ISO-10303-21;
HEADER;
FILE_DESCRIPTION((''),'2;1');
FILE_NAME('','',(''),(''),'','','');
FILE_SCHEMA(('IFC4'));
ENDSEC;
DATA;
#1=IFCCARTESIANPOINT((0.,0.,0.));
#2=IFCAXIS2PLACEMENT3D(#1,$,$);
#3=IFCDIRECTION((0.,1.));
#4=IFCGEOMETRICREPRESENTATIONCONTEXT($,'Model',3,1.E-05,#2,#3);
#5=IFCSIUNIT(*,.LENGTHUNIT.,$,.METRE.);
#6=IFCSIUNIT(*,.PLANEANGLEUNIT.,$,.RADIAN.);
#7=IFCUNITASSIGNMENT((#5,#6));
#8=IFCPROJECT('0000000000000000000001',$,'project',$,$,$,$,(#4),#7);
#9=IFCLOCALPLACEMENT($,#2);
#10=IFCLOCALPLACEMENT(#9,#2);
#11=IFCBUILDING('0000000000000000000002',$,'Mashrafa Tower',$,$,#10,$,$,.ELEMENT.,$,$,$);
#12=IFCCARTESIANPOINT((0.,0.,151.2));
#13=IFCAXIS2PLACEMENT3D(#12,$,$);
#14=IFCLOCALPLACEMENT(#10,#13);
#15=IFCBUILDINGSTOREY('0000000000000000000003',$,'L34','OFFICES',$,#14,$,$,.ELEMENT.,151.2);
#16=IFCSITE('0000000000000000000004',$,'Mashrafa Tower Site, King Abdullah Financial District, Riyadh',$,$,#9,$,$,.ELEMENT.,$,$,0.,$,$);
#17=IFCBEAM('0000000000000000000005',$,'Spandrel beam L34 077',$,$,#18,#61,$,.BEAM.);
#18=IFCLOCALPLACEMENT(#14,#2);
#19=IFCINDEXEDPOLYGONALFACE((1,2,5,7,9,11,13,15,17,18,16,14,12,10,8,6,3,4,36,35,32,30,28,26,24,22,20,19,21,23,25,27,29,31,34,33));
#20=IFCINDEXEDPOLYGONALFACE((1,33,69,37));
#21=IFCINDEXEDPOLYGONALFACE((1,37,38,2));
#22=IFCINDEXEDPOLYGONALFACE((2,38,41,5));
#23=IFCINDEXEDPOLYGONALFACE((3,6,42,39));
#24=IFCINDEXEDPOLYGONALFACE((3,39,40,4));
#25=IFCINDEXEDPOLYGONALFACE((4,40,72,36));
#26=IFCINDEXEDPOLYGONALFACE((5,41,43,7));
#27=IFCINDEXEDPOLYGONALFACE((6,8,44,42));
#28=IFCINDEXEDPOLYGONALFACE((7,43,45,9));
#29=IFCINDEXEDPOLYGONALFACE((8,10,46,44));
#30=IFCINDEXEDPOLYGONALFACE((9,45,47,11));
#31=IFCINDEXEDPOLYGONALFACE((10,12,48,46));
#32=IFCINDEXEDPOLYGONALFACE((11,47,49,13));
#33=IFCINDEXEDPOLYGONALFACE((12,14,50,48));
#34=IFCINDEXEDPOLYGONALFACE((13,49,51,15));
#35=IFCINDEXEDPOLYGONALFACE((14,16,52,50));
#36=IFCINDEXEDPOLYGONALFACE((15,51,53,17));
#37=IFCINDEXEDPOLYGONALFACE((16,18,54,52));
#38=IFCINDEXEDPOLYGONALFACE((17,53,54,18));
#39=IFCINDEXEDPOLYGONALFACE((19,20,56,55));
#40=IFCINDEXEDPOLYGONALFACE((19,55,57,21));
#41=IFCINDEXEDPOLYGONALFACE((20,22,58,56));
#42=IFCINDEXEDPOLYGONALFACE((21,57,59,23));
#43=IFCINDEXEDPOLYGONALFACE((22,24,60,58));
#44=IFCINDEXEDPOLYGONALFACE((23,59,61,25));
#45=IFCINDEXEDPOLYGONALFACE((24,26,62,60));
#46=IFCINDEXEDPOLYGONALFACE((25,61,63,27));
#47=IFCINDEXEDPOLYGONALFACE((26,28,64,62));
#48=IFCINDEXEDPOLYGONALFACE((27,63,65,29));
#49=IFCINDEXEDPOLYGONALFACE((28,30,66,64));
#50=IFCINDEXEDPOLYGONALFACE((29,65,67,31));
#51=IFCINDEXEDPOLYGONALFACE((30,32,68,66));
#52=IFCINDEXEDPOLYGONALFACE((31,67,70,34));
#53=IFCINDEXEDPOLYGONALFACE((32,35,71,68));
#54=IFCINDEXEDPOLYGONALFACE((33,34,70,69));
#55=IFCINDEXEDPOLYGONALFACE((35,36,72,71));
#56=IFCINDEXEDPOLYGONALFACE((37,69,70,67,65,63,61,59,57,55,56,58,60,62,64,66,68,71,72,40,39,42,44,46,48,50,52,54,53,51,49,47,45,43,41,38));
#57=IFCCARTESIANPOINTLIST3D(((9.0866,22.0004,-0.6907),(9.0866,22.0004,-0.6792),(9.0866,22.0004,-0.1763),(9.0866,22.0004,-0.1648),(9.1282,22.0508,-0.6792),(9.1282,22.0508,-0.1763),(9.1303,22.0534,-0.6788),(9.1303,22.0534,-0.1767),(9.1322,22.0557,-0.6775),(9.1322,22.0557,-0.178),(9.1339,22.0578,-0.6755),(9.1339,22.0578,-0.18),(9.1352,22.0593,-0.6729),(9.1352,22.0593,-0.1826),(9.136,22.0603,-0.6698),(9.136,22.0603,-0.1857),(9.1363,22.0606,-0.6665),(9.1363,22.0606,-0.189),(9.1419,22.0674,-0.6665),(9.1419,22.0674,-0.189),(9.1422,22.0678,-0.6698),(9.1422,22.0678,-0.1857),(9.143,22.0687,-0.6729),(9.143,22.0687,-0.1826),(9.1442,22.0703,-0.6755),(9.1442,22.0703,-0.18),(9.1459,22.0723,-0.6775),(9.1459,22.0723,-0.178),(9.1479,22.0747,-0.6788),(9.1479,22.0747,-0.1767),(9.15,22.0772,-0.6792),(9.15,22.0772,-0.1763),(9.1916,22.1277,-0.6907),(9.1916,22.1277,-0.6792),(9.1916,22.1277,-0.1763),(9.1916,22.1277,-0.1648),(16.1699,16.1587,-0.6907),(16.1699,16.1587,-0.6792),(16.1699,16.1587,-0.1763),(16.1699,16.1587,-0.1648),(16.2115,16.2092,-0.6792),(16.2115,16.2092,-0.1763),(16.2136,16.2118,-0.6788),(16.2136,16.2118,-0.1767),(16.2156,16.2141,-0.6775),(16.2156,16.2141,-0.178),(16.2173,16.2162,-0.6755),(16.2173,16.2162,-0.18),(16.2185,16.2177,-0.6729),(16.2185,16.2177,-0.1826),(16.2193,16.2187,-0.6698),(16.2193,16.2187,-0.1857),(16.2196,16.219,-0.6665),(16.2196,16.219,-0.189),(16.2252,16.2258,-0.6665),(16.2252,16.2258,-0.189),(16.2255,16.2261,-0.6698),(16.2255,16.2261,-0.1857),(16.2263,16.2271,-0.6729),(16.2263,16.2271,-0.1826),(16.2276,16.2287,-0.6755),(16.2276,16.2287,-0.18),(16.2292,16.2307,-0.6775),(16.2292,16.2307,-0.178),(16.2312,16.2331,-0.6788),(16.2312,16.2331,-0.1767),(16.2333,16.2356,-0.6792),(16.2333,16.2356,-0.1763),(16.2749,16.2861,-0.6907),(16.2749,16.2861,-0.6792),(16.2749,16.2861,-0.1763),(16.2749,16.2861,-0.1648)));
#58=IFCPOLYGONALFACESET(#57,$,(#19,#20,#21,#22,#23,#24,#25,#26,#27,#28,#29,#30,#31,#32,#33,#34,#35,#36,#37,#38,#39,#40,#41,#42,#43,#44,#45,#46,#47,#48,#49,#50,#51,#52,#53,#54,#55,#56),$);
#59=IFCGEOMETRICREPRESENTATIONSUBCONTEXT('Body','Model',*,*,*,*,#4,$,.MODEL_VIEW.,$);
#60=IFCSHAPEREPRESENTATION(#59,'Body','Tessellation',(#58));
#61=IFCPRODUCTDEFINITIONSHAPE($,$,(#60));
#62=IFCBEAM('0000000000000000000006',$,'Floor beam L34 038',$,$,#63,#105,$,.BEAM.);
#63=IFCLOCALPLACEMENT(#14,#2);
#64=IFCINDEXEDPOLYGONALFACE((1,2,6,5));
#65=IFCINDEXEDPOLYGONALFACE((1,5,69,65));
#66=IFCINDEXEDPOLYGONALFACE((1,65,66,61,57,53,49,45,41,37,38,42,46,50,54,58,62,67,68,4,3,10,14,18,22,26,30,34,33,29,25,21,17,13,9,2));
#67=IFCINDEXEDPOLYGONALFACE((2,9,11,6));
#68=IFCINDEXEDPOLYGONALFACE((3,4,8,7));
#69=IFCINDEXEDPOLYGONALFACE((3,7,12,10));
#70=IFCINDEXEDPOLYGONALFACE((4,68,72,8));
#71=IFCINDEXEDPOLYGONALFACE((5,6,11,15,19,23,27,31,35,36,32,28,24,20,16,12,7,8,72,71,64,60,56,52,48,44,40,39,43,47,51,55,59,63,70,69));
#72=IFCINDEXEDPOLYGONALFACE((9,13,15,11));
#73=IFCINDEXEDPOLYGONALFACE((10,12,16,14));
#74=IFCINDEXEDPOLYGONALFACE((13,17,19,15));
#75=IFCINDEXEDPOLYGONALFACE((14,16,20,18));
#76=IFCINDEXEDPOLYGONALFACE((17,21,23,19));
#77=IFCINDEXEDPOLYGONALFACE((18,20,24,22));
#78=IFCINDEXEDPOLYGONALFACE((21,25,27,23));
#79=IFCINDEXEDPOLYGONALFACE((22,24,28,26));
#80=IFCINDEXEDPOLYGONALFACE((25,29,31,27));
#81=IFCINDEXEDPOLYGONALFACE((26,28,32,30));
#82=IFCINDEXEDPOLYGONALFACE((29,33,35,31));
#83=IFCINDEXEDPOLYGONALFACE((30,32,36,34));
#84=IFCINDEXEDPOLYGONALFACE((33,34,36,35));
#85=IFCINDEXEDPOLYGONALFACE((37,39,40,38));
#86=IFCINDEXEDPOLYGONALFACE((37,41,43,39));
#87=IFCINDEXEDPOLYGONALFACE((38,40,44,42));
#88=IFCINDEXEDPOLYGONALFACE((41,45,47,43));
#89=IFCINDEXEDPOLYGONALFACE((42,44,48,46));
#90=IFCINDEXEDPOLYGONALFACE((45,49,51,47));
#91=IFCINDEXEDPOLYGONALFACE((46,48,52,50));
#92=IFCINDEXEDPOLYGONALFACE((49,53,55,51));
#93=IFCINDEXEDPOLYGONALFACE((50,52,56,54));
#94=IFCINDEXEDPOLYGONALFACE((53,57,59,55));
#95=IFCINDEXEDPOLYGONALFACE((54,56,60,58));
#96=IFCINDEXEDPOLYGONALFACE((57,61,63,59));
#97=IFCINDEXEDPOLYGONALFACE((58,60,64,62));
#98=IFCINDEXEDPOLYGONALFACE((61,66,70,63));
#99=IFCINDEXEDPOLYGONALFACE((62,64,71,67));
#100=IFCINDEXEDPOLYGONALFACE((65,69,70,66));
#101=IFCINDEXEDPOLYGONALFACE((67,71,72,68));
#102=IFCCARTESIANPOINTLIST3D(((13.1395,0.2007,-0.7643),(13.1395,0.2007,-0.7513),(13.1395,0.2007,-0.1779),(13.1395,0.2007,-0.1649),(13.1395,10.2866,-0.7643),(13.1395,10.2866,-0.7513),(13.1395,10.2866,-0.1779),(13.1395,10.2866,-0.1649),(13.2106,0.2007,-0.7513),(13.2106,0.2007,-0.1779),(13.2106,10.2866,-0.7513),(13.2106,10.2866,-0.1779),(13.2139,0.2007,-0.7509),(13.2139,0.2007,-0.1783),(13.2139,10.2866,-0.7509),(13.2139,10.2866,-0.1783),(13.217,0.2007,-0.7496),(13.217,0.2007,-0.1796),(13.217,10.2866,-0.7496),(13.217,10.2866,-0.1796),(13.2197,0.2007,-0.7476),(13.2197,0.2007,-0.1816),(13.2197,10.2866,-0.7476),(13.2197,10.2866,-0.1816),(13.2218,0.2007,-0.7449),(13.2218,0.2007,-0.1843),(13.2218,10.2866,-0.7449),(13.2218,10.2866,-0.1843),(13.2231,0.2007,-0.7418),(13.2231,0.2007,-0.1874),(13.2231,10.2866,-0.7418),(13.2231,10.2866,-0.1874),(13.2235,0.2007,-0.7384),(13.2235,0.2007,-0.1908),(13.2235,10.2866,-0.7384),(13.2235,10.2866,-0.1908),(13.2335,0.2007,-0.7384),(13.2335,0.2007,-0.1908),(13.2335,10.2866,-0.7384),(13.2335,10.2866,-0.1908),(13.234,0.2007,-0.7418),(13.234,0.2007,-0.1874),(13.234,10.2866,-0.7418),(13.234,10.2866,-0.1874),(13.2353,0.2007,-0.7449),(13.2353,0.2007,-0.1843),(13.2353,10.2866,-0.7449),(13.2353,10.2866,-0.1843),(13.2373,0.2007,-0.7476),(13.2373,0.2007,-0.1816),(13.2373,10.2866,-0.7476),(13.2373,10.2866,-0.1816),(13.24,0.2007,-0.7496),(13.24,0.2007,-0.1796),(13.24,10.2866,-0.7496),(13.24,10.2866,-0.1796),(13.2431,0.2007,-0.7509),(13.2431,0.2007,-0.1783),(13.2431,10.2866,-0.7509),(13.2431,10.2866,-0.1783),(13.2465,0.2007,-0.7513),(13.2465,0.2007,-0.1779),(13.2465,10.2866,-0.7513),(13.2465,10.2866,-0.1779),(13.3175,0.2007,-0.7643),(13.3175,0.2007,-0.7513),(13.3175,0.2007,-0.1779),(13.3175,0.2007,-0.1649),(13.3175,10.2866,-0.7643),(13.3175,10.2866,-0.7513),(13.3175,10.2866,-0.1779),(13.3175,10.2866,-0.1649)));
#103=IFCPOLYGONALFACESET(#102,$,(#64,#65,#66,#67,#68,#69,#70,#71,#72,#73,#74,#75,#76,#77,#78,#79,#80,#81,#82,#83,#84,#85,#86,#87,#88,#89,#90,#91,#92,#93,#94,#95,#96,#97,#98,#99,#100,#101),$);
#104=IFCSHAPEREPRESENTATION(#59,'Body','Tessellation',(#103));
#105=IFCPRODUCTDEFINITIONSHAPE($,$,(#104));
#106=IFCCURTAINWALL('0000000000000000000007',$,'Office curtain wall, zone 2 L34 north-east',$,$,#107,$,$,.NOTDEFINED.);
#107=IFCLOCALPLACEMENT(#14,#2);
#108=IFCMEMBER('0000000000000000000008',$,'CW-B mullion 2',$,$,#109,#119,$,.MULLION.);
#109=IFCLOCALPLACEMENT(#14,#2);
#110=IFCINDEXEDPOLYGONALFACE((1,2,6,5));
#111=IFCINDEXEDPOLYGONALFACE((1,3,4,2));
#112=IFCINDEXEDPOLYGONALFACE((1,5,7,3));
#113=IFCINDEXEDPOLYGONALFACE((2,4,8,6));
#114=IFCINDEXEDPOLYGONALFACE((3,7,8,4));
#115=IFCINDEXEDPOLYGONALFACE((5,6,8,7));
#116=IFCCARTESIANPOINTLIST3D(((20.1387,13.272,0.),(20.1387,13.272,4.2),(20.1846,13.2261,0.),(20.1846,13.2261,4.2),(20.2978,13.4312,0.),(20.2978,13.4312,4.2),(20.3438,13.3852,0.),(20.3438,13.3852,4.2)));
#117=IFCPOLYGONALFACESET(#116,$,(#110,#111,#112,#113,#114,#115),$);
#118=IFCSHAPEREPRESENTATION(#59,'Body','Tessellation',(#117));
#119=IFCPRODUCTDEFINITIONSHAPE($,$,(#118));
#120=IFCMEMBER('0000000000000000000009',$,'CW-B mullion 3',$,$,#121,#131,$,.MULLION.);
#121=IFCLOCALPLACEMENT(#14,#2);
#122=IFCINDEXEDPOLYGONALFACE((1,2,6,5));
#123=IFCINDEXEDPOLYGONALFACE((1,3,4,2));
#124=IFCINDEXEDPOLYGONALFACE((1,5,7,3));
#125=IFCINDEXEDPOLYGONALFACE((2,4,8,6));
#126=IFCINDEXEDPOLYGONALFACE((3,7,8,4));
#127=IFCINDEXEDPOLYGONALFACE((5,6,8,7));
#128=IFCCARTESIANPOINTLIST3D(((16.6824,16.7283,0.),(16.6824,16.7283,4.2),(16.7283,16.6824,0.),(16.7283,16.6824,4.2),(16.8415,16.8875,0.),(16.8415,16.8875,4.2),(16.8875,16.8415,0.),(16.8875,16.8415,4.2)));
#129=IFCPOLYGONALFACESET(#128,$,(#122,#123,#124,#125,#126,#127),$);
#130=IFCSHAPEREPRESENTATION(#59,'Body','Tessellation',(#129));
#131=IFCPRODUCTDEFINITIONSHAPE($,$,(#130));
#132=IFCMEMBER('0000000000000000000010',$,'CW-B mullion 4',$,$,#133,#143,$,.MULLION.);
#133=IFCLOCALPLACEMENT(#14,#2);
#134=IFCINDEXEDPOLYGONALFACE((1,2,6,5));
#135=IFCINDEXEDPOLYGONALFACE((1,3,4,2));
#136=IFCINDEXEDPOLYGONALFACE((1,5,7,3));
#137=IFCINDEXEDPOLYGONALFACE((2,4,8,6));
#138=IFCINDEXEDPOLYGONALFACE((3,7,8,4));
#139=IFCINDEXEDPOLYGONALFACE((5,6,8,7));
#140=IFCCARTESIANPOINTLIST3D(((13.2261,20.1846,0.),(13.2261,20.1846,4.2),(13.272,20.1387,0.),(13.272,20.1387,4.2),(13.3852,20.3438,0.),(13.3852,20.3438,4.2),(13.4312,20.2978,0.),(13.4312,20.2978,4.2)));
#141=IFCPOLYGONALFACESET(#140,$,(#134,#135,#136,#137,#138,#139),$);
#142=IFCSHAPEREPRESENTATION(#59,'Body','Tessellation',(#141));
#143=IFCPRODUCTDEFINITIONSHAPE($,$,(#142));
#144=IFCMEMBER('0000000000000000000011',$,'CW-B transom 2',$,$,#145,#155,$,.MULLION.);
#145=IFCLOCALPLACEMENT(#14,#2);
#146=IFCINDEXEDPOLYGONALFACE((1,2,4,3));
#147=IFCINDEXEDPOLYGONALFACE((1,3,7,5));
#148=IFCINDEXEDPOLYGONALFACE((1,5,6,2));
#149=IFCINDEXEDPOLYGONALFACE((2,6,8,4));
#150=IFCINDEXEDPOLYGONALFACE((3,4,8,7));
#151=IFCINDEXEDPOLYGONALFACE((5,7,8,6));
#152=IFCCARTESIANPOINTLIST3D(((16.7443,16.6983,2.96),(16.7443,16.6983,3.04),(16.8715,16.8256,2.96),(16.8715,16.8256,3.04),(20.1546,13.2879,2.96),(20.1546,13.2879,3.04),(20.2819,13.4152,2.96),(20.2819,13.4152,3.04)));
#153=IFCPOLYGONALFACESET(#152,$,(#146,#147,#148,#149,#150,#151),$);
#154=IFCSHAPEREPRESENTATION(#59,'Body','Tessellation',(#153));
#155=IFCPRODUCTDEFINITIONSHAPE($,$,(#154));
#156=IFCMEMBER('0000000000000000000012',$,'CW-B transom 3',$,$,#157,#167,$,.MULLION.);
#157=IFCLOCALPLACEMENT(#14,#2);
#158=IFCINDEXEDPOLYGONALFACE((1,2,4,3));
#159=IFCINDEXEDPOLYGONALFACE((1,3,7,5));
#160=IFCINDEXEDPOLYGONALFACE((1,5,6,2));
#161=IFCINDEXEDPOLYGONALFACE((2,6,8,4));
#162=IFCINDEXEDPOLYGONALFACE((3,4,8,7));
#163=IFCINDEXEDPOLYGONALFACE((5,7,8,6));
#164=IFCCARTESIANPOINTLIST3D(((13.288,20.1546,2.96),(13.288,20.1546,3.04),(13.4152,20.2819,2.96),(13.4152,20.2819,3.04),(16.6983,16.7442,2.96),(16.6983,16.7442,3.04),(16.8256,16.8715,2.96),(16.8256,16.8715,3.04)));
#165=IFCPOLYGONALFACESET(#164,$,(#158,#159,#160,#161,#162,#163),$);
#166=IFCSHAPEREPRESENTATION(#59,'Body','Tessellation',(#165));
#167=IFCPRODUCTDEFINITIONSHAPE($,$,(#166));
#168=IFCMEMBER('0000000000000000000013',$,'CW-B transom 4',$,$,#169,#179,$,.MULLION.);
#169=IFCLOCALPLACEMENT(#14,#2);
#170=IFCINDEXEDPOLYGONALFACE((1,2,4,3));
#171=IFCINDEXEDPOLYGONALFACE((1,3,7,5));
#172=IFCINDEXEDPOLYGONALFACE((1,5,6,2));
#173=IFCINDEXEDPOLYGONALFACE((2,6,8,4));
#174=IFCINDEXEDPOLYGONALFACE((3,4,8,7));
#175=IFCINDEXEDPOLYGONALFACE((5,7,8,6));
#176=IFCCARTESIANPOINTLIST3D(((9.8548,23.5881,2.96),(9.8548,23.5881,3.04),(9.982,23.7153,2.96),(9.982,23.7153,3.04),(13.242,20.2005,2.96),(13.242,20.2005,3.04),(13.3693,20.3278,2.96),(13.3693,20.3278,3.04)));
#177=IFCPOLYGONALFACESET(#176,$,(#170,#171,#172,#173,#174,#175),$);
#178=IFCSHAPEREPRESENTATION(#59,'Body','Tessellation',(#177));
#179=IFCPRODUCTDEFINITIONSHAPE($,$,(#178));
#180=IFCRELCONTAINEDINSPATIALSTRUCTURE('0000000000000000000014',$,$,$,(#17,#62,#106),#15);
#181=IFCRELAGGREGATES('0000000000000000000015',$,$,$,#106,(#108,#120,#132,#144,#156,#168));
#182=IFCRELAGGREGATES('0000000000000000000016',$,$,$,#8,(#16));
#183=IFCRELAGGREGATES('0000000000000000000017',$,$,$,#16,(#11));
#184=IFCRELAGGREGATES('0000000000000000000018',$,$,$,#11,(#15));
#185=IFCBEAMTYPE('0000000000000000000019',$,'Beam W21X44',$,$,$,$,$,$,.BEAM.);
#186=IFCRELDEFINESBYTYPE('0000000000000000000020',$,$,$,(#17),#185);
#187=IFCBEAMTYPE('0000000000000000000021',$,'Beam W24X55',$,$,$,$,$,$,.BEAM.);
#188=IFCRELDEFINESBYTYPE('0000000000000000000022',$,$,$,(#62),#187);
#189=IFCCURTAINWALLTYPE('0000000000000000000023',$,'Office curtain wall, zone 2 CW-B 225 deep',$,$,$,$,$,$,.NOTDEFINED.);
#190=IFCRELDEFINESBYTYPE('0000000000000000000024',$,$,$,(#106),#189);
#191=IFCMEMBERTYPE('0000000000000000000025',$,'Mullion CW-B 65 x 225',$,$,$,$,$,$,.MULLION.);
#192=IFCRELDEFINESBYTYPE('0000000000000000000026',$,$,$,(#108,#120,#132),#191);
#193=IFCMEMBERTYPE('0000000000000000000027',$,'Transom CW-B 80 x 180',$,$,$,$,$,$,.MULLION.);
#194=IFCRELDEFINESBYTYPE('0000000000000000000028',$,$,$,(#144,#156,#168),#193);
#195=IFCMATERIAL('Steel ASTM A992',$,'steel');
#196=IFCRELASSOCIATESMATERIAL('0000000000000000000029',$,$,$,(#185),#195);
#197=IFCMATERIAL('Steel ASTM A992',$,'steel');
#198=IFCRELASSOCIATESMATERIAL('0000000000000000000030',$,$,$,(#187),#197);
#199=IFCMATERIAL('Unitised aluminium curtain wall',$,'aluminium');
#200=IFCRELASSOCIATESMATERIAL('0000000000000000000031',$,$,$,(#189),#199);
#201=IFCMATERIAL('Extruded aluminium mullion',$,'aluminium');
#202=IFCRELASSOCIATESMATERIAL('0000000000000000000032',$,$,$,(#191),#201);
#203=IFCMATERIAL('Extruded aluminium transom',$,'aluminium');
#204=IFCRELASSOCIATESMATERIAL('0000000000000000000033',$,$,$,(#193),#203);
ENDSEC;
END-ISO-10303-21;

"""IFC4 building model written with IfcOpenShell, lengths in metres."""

from ifc_helpers import new_model, si_unit, direction, frame, origin, origin_2d, place, context, subcontext, project, spatial, rectangle, i_section, extrude, source, transform, mapped, material, material_profile, profile_set, type_object, type_shapes, element, aggregate, save


model = new_model("IFC4")

# Units and contexts
model_context = context("Model", 3, precision=1e-05, world=origin(), true_north=direction((0.0, 1.0)))
body_context = subcontext(model_context, "Body", "Model", "MODEL_VIEW")
ifc_project = project(units=[si_unit("LENGTHUNIT", "METRE"), si_unit("PLANEANGLEUNIT", "RADIAN")], contexts=[model_context])

# Site, building, storey
site_placement = place(None, origin())
site = spatial("IfcSite", under=ifc_project, at=site_placement, Name="Mashrafa Tower Site, King Abdullah Financial District, Riyadh", CompositionType="ELEMENT", RefElevation=0.0)
building_placement = place(site_placement, origin())
building = spatial("IfcBuilding", under=site, at=building_placement, Name="Mashrafa Tower", CompositionType="ELEMENT")
storey_placement = place(building_placement, frame((0.0, 0.0, 151.2)))
storey = spatial("IfcBuildingStorey", under=building, at=storey_placement, Name="L34", Description="OFFICES", CompositionType="ELEMENT", Elevation=151.2)

# Beams
ifc_material_1 = material(Name="Steel ASTM A992", Category="steel")
ifc_material_profile_1 = material_profile(ifc_material_1, i_section(OverallWidth=0.165, OverallDepth=0.5259, WebThickness=0.0088, FlangeThickness=0.0115, FilletRadius=0.0127, at=origin_2d()), Name="W21X44")
ifc_profile_set_1 = profile_set([ifc_material_profile_1], Name="Steel ASTM A992")
beam_type_1 = type_object("IfcBeamType", Name="Beam W21X44", PredefinedType="BEAM", material=ifc_profile_set_1)
beam_1_placement = place(storey_placement, frame((16.2224, 16.2224, -0.4277), z_axis=(-0.771487, 0.636245, 0.0), x_axis=(-0.636245, -0.771487, 0.0)))
element("IfcBeam", 1, at=beam_1_placement, inside=storey, type_object=beam_type_1, Name="Spandrel beam L34 077", PredefinedType="BEAM", context=body_context, shape_type="SweptSolid", body=[
    extrude(i_section(OverallWidth=0.165, OverallDepth=0.5259, WebThickness=0.0088, FlangeThickness=0.0115, FilletRadius=0.0127, at=origin_2d()), origin(), (0.0, 0.0, 1.0), 9.1814),
])
ifc_material_2 = material(Name="Steel ASTM A992", Category="steel")
ifc_material_profile_2 = material_profile(ifc_material_2, i_section(OverallWidth=0.178, OverallDepth=0.5994, WebThickness=0.01, FlangeThickness=0.0129, FilletRadius=0.0129, at=origin_2d()), Name="W24X55")
ifc_profile_set_2 = profile_set([ifc_material_profile_2], Name="Steel ASTM A992")
beam_type_2 = type_object("IfcBeamType", Name="Beam W24X55", PredefinedType="BEAM", material=ifc_profile_set_2)
beam_2_placement = place(storey_placement, frame((13.2285, 10.2866, -0.4646), z_axis=(0.0, -1.0, 0.0), x_axis=(1.0, 0.0, 0.0)))
element("IfcBeam", 2, at=beam_2_placement, inside=storey, type_object=beam_type_2, Name="Floor beam L34 038", PredefinedType="BEAM", context=body_context, shape_type="SweptSolid", body=[
    extrude(i_section(OverallWidth=0.178, OverallDepth=0.5994, WebThickness=0.01, FlangeThickness=0.0129, FilletRadius=0.0129, at=origin_2d()), origin(), (0.0, 0.0, 1.0), 10.0859),
])

# Curtain wall, members
ifc_material_3 = material(Name="Unitised aluminium curtain wall", Category="aluminium")
curtain_wall_type = type_object("IfcCurtainWallType", Name="Office curtain wall, zone 2 CW-B 225 deep", PredefinedType="NOTDEFINED", material=ifc_material_3)
curtain_wall_placement = place(storey_placement, origin())
curtain_wall = element("IfcCurtainWall", 3, at=curtain_wall_placement, inside=storey, type_object=curtain_wall_type, Name="Office curtain wall, zone 2 L34 north-east", PredefinedType="NOTDEFINED")
ifc_material_4 = material(Name="Extruded aluminium mullion", Category="aluminium")
ifc_material_profile_3 = material_profile(ifc_material_4, rectangle(XDim=0.2251, YDim=0.0649, at=origin_2d()), Name="Mullion 65x225")
ifc_profile_set_3 = profile_set([ifc_material_profile_3], Name="Extruded aluminium mullion")
member_type_1 = type_object("IfcMemberType", Name="Mullion CW-B 65 x 225", PredefinedType="MULLION", material=ifc_profile_set_3)
shared_shape_1 = source(origin(), body_context, "Body", "SweptSolid", [
    extrude(rectangle(XDim=0.2251, YDim=0.0649, at=origin_2d()), origin(), (0.0, 0.0, 1.0), 4.2),
])
type_shapes(member_type_1, [shared_shape_1])
member_1_placement = place(storey_placement, frame((20.2412, 13.3286, 0.0), z_axis=(0.0, 0.0, 1.0), x_axis=(-0.707107, -0.707107, 0.0)))
member_1 = element("IfcMember", 4, at=member_1_placement, type_object=member_type_1, Name="CW-B mullion 2", PredefinedType="MULLION", context=body_context, shape_type="MappedRepresentation", body=[
    mapped(shared_shape_1, transform((0.0, 0.0, 0.0))),
])
member_2_placement = place(storey_placement, frame((16.7849, 16.7849, 0.0), z_axis=(0.0, 0.0, 1.0), x_axis=(-0.707107, -0.707107, 0.0)))
member_2 = element("IfcMember", 5, at=member_2_placement, type_object=member_type_1, Name="CW-B mullion 3", PredefinedType="MULLION", context=body_context, shape_type="MappedRepresentation", body=[
    mapped(shared_shape_1, transform((0.0, 0.0, 0.0))),
])
member_3_placement = place(storey_placement, frame((13.3286, 20.2412, 0.0), z_axis=(0.0, 0.0, 1.0), x_axis=(-0.707107, -0.707107, 0.0)))
member_3 = element("IfcMember", 6, at=member_3_placement, type_object=member_type_1, Name="CW-B mullion 4", PredefinedType="MULLION", context=body_context, shape_type="MappedRepresentation", body=[
    mapped(shared_shape_1, transform((0.0, 0.0, 0.0))),
])
ifc_material_5 = material(Name="Extruded aluminium transom", Category="aluminium")
ifc_material_profile_4 = material_profile(ifc_material_5, rectangle(XDim=0.1799, YDim=0.0801, at=origin_2d()), Name="Transom 80x180")
ifc_profile_set_4 = profile_set([ifc_material_profile_4], Name="Extruded aluminium transom")
member_type_2 = type_object("IfcMemberType", Name="Transom CW-B 80 x 180", PredefinedType="MULLION", material=ifc_profile_set_4)
shared_shape_2 = source(origin(), body_context, "Body", "SweptSolid", [
    extrude(rectangle(XDim=0.1799, YDim=0.0801, at=origin_2d()), origin(), (0.0, 0.0, 1.0), 4.823),
])
member_4_placement = place(storey_placement, frame((20.2183, 13.3516, 3.0), z_axis=(-0.707107, 0.707107, 0.0), x_axis=(-0.707107, -0.707107, 0.0)))
member_4 = element("IfcMember", 7, at=member_4_placement, type_object=member_type_2, Name="CW-B transom 2", PredefinedType="MULLION", context=body_context, shape_type="MappedRepresentation", body=[
    mapped(shared_shape_2, transform((0.0, 0.0, 0.0))),
])
member_5_placement = place(storey_placement, frame((16.762, 16.8079, 3.0), z_axis=(-0.707107, 0.707107, 0.0), x_axis=(-0.707107, -0.707107, 0.0)))
member_5 = element("IfcMember", 8, at=member_5_placement, type_object=member_type_2, Name="CW-B transom 3", PredefinedType="MULLION", context=body_context, shape_type="MappedRepresentation", body=[
    mapped(shared_shape_2, transform((0.0, 0.0, 0.0))),
])
shared_shape_3 = source(origin(), body_context, "Body", "SweptSolid", [
    extrude(rectangle(XDim=0.1799, YDim=0.0801, at=origin_2d()), origin(), (0.0, 0.0, 1.0), 4.7905),
])
type_shapes(member_type_2, [shared_shape_2, shared_shape_3])
member_6_placement = place(storey_placement, frame((13.3057, 20.2642, 3.0), z_axis=(-0.707081, 0.707132, 0.0), x_axis=(-0.707132, -0.707081, 0.0)))
member_6 = element("IfcMember", 9, at=member_6_placement, type_object=member_type_2, Name="CW-B transom 4", PredefinedType="MULLION", context=body_context, shape_type="MappedRepresentation", body=[
    mapped(shared_shape_3, transform((0.0, 0.0, 0.0))),
])
aggregate(curtain_wall, [member_1, member_2, member_3, member_4, member_5, member_6])

save(model, "model.ifc")
